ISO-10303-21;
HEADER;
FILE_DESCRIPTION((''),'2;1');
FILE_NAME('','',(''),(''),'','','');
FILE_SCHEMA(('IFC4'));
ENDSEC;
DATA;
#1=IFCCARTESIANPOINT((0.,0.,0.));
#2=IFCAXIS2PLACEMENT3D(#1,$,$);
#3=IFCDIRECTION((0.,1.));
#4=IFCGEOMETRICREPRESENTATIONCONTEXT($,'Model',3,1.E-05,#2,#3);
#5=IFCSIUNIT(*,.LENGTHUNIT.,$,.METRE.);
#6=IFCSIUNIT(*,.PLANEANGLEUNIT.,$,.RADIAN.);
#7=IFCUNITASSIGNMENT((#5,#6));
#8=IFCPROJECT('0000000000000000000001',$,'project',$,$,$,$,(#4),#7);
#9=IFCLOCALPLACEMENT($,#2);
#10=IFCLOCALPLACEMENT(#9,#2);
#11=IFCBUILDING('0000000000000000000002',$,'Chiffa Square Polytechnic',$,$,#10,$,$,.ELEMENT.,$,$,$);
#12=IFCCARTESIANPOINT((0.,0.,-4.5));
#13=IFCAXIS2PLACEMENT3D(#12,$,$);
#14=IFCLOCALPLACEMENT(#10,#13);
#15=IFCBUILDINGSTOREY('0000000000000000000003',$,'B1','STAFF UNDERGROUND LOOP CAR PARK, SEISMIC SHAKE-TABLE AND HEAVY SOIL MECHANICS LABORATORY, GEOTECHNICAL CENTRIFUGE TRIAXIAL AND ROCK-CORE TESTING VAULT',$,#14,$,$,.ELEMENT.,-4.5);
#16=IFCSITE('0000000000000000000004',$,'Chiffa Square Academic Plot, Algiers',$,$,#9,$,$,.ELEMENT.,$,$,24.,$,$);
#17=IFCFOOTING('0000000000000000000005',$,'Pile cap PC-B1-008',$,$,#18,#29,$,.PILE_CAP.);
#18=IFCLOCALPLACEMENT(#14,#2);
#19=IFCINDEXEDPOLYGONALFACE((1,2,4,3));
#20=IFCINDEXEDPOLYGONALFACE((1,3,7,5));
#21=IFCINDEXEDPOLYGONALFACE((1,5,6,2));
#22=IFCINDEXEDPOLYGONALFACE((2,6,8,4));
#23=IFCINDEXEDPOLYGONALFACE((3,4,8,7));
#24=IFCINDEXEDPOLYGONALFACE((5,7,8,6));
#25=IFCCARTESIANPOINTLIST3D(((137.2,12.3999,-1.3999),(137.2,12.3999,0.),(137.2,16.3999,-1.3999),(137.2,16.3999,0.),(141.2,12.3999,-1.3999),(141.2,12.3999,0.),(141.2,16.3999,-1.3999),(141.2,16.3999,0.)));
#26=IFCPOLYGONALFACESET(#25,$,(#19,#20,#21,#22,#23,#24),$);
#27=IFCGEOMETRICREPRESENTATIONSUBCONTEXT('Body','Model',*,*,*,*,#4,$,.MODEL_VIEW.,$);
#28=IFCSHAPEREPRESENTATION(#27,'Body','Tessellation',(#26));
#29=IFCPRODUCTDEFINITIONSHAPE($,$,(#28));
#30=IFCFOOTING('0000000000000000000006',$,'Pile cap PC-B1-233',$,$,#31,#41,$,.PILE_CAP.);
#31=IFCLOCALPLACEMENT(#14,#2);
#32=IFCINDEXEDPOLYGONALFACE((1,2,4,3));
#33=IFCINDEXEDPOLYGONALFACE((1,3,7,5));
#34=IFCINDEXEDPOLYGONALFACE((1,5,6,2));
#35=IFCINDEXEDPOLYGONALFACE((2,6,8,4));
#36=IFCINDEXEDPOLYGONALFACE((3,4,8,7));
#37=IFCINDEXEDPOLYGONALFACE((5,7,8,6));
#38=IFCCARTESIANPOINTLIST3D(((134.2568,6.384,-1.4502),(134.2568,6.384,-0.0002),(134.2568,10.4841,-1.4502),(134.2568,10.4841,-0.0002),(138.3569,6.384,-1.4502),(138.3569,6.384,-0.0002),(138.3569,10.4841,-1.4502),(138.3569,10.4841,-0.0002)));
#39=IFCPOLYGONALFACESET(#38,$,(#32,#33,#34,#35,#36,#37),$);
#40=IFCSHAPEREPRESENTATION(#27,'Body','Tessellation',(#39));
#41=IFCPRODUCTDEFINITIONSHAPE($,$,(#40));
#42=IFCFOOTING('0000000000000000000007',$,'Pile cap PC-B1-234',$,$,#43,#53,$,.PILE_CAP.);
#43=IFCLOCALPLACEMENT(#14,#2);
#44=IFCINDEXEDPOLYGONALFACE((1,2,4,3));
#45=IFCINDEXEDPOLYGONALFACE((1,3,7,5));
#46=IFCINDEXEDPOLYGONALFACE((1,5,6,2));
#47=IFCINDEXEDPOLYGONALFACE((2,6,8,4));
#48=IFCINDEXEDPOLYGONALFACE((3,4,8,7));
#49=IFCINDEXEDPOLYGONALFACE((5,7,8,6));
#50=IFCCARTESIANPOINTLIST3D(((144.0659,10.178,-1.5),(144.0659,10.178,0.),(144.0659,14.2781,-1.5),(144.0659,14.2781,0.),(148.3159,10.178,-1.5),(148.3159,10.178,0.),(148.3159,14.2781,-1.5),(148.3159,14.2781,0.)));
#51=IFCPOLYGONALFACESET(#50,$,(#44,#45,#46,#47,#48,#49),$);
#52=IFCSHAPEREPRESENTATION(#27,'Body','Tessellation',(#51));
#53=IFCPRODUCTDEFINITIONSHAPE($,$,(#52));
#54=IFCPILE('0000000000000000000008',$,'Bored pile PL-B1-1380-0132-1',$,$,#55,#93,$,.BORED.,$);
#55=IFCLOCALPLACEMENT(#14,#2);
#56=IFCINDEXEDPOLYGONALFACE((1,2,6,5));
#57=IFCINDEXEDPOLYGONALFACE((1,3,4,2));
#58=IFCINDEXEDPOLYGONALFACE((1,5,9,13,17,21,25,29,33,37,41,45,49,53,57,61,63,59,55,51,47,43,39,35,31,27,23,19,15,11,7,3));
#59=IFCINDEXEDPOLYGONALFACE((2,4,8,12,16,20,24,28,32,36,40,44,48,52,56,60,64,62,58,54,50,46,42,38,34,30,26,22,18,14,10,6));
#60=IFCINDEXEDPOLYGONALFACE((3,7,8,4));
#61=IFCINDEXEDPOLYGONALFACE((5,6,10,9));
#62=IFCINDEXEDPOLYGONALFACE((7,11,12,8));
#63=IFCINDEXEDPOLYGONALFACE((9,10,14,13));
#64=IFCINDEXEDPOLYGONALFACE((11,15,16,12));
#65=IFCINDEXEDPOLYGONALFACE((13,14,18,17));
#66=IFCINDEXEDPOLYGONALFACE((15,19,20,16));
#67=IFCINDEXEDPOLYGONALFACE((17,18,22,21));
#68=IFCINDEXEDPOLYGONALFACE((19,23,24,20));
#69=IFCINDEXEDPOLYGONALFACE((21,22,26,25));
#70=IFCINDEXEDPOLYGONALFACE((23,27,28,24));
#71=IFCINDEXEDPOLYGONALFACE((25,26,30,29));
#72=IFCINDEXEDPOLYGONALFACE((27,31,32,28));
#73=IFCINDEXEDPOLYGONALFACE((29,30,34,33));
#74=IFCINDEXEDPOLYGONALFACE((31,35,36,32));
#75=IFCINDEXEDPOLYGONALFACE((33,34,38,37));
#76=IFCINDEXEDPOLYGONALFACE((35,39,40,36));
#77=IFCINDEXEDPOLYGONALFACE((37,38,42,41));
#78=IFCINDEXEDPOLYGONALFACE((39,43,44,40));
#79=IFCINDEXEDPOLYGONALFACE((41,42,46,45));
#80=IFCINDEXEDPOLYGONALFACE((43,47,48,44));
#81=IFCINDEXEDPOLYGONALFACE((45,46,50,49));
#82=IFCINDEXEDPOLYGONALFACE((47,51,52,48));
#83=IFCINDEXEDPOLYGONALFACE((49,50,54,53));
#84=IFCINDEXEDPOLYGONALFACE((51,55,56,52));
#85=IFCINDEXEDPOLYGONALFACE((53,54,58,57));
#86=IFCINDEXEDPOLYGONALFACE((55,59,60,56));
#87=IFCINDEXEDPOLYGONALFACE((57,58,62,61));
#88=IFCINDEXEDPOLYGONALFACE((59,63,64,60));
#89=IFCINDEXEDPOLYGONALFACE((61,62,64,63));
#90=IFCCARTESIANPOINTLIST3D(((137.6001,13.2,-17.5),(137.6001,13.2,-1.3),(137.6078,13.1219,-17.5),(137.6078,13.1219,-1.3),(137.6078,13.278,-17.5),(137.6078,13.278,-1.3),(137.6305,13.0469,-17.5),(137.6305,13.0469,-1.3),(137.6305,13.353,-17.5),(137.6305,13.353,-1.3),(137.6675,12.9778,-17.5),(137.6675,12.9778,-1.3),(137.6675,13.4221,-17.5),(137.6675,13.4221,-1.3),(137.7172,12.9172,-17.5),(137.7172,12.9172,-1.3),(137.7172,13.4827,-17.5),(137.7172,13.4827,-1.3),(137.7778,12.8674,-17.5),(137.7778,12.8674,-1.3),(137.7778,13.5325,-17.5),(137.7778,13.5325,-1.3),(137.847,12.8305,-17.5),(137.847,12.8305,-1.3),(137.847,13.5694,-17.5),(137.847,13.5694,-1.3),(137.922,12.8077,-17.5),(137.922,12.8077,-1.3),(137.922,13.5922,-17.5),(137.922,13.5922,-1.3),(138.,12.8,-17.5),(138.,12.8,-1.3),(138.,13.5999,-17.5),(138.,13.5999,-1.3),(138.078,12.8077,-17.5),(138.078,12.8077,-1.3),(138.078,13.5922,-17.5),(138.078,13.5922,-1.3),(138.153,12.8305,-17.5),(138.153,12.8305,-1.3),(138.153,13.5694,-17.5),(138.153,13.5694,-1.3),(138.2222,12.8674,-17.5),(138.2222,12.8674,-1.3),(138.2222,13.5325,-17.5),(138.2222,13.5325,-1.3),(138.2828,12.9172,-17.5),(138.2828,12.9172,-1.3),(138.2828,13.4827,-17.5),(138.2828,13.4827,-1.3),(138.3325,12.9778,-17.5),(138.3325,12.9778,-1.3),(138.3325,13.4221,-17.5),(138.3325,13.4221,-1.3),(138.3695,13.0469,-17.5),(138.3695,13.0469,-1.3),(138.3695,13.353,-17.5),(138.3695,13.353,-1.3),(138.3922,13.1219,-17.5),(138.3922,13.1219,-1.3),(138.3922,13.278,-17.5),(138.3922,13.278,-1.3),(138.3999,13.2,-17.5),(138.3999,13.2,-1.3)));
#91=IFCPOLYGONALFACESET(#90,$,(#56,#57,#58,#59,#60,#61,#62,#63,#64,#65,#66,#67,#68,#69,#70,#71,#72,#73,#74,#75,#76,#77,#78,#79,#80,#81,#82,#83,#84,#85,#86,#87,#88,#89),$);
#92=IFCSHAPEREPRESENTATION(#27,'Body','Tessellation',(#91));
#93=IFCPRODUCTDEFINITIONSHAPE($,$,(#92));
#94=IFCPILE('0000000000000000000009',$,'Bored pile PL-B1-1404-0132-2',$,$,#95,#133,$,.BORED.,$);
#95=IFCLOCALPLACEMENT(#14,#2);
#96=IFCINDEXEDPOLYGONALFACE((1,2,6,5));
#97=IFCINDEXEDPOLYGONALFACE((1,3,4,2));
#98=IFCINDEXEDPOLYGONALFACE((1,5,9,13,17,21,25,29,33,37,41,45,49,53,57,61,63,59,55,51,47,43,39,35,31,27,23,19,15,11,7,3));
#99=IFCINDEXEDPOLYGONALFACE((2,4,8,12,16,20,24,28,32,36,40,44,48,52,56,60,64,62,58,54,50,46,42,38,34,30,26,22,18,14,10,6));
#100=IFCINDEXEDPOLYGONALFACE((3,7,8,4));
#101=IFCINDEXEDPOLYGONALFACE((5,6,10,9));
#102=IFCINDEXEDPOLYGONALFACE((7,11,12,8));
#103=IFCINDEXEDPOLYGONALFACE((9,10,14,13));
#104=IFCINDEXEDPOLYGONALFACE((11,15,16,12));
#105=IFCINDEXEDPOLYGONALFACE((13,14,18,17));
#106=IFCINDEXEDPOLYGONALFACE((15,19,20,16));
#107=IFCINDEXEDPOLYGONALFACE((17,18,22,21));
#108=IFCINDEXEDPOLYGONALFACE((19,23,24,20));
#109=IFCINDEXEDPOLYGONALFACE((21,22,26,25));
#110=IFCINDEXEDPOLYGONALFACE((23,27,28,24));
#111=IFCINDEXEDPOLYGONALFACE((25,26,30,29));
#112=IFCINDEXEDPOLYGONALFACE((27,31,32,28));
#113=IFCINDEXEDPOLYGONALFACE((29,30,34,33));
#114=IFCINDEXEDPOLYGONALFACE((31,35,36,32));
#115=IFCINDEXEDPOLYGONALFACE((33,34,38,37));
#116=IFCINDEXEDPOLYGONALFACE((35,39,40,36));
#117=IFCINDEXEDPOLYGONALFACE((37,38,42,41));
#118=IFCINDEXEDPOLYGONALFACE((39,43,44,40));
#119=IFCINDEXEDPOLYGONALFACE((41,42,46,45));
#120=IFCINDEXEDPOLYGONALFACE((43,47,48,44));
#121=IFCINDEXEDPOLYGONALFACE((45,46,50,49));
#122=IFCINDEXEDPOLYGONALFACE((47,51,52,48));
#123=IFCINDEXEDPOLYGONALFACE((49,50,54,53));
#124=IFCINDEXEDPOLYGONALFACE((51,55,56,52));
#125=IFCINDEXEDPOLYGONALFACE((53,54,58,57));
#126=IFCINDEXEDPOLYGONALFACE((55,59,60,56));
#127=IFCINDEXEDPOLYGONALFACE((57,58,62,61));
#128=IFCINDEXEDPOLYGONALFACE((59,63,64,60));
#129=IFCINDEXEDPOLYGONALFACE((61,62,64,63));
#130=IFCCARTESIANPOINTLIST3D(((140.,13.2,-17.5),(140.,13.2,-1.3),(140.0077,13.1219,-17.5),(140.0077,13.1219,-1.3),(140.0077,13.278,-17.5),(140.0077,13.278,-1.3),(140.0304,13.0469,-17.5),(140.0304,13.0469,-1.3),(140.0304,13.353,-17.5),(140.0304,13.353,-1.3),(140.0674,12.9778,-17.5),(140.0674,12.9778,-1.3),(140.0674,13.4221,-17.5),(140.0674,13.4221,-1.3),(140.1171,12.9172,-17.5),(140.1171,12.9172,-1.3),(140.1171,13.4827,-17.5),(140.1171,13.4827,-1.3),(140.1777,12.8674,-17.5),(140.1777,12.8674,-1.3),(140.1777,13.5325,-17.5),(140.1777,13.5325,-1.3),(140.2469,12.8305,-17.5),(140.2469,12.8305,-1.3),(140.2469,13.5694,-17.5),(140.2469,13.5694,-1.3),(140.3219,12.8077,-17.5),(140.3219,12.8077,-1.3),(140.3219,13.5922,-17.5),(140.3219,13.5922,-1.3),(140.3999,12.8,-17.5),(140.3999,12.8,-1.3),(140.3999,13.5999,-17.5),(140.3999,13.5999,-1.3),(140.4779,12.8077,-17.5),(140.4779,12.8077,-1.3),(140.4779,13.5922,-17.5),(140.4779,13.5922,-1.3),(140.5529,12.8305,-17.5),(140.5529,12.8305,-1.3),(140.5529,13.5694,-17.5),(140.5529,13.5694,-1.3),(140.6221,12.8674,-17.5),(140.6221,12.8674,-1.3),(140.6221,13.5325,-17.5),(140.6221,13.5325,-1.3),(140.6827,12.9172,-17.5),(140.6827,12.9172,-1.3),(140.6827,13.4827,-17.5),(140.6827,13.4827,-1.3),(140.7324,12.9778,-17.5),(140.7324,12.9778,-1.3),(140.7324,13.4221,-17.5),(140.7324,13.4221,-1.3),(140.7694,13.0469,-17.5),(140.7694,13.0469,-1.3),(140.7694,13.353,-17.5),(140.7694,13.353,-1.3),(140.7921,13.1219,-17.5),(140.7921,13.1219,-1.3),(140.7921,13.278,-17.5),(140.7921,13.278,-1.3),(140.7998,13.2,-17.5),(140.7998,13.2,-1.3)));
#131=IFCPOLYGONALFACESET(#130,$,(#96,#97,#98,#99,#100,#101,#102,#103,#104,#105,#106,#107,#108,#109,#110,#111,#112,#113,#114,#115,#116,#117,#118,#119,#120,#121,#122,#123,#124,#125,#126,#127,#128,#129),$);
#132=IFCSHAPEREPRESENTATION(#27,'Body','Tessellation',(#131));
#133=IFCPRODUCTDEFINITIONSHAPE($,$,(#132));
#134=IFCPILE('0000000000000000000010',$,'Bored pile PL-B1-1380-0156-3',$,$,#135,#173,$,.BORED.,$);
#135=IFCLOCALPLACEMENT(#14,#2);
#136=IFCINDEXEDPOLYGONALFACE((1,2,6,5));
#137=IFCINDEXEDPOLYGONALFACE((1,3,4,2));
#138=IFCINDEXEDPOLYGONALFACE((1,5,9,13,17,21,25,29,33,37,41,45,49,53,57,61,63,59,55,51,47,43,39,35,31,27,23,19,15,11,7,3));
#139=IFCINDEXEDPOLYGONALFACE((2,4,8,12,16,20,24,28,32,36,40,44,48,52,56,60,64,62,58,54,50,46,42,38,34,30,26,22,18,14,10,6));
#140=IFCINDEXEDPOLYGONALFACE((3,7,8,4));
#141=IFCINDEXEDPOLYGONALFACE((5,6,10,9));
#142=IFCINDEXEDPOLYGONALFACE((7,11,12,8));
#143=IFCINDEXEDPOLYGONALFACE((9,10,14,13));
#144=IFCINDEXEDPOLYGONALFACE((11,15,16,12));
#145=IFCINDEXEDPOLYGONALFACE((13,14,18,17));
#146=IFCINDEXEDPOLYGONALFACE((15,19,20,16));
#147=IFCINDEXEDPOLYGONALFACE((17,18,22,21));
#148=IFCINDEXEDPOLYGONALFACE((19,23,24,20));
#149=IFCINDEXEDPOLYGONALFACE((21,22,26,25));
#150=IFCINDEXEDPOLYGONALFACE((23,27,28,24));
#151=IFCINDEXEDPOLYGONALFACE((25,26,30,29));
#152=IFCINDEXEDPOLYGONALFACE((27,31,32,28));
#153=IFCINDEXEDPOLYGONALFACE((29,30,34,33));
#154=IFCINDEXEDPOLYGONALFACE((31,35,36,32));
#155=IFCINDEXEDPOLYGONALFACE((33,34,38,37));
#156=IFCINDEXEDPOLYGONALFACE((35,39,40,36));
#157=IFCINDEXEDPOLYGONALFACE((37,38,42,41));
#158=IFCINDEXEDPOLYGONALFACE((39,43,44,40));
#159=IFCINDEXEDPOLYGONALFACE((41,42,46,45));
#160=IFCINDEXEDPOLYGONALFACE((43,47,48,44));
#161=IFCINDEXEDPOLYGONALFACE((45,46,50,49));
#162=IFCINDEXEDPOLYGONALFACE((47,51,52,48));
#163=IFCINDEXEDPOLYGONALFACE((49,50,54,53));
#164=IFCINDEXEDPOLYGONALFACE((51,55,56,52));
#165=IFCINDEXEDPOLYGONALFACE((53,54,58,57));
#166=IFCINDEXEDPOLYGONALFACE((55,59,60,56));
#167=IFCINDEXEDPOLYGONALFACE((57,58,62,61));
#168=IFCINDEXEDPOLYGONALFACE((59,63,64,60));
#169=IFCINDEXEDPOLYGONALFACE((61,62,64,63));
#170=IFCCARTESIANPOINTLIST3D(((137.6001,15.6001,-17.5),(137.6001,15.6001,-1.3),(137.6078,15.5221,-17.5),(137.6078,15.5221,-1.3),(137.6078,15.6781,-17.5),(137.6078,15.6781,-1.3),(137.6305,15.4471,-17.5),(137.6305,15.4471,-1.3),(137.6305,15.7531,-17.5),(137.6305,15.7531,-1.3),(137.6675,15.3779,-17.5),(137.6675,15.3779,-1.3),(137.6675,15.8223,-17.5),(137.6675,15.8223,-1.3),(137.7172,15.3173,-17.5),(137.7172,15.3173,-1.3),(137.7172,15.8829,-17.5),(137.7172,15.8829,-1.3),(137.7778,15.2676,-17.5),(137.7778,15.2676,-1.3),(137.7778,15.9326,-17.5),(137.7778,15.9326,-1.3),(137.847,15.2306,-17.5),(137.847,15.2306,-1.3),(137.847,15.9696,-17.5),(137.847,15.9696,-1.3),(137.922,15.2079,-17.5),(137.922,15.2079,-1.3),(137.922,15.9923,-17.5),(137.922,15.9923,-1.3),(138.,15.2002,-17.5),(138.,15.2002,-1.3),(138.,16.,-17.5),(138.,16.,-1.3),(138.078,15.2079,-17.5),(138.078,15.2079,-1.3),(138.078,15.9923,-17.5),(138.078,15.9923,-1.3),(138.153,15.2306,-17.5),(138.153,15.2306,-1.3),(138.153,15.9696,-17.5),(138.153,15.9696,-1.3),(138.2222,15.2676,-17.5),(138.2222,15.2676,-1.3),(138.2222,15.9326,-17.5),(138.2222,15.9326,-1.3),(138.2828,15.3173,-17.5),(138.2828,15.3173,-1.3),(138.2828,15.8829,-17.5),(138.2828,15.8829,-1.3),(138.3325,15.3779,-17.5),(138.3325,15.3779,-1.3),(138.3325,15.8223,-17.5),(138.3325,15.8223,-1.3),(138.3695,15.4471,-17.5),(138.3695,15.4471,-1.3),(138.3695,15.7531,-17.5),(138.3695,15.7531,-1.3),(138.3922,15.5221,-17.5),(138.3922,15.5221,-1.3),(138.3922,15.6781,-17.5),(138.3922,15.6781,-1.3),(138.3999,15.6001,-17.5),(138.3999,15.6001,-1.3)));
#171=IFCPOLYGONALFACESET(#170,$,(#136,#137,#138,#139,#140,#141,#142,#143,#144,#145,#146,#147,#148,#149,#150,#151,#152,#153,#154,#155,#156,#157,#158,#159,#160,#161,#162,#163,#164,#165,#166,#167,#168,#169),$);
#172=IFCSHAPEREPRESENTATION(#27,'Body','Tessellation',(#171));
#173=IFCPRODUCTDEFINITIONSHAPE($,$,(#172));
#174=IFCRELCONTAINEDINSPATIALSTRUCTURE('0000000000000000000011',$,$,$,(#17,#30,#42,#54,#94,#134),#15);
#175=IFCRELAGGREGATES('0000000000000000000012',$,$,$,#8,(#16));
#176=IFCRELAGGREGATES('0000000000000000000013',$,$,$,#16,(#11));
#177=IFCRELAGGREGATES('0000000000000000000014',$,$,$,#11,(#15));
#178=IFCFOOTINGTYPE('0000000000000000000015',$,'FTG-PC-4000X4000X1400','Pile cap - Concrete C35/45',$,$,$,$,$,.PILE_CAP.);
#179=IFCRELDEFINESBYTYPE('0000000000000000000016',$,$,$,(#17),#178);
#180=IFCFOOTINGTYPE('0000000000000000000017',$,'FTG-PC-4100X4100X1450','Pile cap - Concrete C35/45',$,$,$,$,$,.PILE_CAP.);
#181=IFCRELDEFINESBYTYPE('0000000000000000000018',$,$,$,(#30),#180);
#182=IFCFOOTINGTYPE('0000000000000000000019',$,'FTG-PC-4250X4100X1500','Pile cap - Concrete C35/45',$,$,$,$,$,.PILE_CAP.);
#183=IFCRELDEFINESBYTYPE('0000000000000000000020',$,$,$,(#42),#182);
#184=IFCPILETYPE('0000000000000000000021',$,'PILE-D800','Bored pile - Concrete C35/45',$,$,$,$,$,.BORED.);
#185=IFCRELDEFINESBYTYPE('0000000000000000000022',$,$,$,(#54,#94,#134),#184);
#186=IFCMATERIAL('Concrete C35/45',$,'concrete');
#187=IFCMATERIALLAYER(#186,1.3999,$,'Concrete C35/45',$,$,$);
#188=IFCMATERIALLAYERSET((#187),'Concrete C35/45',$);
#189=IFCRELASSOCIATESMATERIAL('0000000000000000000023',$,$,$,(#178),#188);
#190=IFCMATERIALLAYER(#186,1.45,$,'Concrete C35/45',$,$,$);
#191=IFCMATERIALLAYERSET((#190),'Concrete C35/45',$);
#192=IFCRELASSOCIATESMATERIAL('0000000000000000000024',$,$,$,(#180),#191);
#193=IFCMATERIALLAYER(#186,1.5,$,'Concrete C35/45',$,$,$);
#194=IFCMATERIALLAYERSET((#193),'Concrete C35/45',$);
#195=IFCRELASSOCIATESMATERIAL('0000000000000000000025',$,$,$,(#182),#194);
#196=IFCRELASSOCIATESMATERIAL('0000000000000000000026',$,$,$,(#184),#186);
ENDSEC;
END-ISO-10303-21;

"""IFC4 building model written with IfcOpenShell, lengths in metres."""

from ifc_helpers import new_model, si_unit, direction, frame, origin, origin_2d, place, context, subcontext, project, spatial, rectangle, circle, extrude, material, layer, layer_set, material_profile, profile_set, type_object, element, save


model = new_model("IFC4")

# Units and contexts
model_context = context("Model", 3, precision=1e-05, world=origin(), true_north=direction((0.0, 1.0)))
body_context = subcontext(model_context, "Body", "Model", "MODEL_VIEW")
ifc_project = project(units=[si_unit("LENGTHUNIT", "METRE"), si_unit("PLANEANGLEUNIT", "RADIAN")], contexts=[model_context])

# Site, building, storey
site_placement = place(None, origin())
site = spatial("IfcSite", under=ifc_project, at=site_placement, Name="Chiffa Square Academic Plot, Algiers", CompositionType="ELEMENT", RefElevation=24.0)
building_placement = place(site_placement, origin())
building = spatial("IfcBuilding", under=site, at=building_placement, Name="Chiffa Square Polytechnic", CompositionType="ELEMENT")
storey_placement = place(building_placement, frame((0.0, 0.0, -4.5)))
storey = spatial("IfcBuildingStorey", under=building, at=storey_placement, Name="B1", Description="STAFF UNDERGROUND LOOP CAR PARK, SEISMIC SHAKE-TABLE AND HEAVY SOIL MECHANICS LABORATORY, GEOTECHNICAL CENTRIFUGE TRIAXIAL AND ROCK-CORE TESTING VAULT", CompositionType="ELEMENT", Elevation=-4.5)

# Footings
ifc_material_1 = material(Name="Concrete C35/45", Category="concrete")
ifc_layer_1 = layer(ifc_material_1, 1.3999, Name="Concrete C35/45")
ifc_layer_set_1 = layer_set([ifc_layer_1], Name="Concrete C35/45")
footing_type_1 = type_object("IfcFootingType", Name="FTG-PC-4000X4000X1400", Description="Pile cap - Concrete C35/45", PredefinedType="PILE_CAP", material=ifc_layer_set_1)
footing_1_placement = place(storey_placement, frame((139.2, 14.3999, -1.3999), z_axis=(0.0, 0.0, 1.0), x_axis=(1.0, 0.0, 0.0)))
element("IfcFooting", 1, at=footing_1_placement, inside=storey, type_object=footing_type_1, Name="Pile cap PC-B1-008", PredefinedType="PILE_CAP", context=body_context, shape_type="SweptSolid", body=[
    extrude(rectangle(XDim=4.0, YDim=4.0, at=origin_2d()), origin(), (0.0, 0.0, 1.0), 1.3999),
])
ifc_layer_2 = layer(ifc_material_1, 1.45, Name="Concrete C35/45")
ifc_layer_set_2 = layer_set([ifc_layer_2], Name="Concrete C35/45")
footing_type_2 = type_object("IfcFootingType", Name="FTG-PC-4100X4100X1450", Description="Pile cap - Concrete C35/45", PredefinedType="PILE_CAP", material=ifc_layer_set_2)
footing_2_placement = place(storey_placement, frame((136.3069, 8.4341, -1.4502), z_axis=(0.0, 0.0, 1.0), x_axis=(1.0, 0.0, 0.0)))
element("IfcFooting", 2, at=footing_2_placement, inside=storey, type_object=footing_type_2, Name="Pile cap PC-B1-233", PredefinedType="PILE_CAP", context=body_context, shape_type="SweptSolid", body=[
    extrude(rectangle(XDim=4.1001, YDim=4.1001, at=origin_2d()), origin(), (0.0, 0.0, 1.0), 1.45),
])
ifc_layer_3 = layer(ifc_material_1, 1.5, Name="Concrete C35/45")
ifc_layer_set_3 = layer_set([ifc_layer_3], Name="Concrete C35/45")
footing_type_3 = type_object("IfcFootingType", Name="FTG-PC-4250X4100X1500", Description="Pile cap - Concrete C35/45", PredefinedType="PILE_CAP", material=ifc_layer_set_3)
footing_3_placement = place(storey_placement, frame((146.1909, 12.228, -1.5), z_axis=(0.0, 0.0, 1.0), x_axis=(1.0, 0.0, 0.0)))
element("IfcFooting", 3, at=footing_3_placement, inside=storey, type_object=footing_type_3, Name="Pile cap PC-B1-234", PredefinedType="PILE_CAP", context=body_context, shape_type="SweptSolid", body=[
    extrude(rectangle(XDim=4.25, YDim=4.1001, at=origin_2d()), origin(), (0.0, 0.0, 1.0), 1.5),
])

# Piles
ifc_material_profile_1 = material_profile(ifc_material_1, circle(Radius=0.3999, at=origin_2d()), Name="PILE D800")
ifc_profile_set_1 = profile_set([ifc_material_profile_1], Name="Concrete C35/45")
pile_type_1 = type_object("IfcPileType", Name="PILE-D800", Description="Bored pile - Concrete C35/45", PredefinedType="BORED", material=ifc_profile_set_1)
for number, where, z_axis, x_axis, name in (
    (4, (138.0, 13.2, -1.3), (0.0, 0.0, -1.0), (1.0, 0.0, 0.0), "Bored pile PL-B1-1380-0132-1"),
    (5, (140.3999, 13.2, -1.3), (0.0, 0.0, -1.0), (1.0, 0.0, 0.0), "Bored pile PL-B1-1404-0132-2"),
    (6, (138.0, 15.6001, -1.3), (0.0, 0.0, -1.0), (1.0, 0.0, 0.0), "Bored pile PL-B1-1380-0156-3"),
):
    element("IfcPile", number, at=place(storey_placement, frame(where, z_axis=z_axis, x_axis=x_axis)), inside=storey, type_object=pile_type_1, Name=name, PredefinedType="BORED", context=body_context, shape_type="SweptSolid", body=[
        extrude(circle(Radius=0.3999, at=origin_2d()), origin(), (0.0, 0.0, 1.0), 16.2),
    ])

save(model, "model.ifc")
